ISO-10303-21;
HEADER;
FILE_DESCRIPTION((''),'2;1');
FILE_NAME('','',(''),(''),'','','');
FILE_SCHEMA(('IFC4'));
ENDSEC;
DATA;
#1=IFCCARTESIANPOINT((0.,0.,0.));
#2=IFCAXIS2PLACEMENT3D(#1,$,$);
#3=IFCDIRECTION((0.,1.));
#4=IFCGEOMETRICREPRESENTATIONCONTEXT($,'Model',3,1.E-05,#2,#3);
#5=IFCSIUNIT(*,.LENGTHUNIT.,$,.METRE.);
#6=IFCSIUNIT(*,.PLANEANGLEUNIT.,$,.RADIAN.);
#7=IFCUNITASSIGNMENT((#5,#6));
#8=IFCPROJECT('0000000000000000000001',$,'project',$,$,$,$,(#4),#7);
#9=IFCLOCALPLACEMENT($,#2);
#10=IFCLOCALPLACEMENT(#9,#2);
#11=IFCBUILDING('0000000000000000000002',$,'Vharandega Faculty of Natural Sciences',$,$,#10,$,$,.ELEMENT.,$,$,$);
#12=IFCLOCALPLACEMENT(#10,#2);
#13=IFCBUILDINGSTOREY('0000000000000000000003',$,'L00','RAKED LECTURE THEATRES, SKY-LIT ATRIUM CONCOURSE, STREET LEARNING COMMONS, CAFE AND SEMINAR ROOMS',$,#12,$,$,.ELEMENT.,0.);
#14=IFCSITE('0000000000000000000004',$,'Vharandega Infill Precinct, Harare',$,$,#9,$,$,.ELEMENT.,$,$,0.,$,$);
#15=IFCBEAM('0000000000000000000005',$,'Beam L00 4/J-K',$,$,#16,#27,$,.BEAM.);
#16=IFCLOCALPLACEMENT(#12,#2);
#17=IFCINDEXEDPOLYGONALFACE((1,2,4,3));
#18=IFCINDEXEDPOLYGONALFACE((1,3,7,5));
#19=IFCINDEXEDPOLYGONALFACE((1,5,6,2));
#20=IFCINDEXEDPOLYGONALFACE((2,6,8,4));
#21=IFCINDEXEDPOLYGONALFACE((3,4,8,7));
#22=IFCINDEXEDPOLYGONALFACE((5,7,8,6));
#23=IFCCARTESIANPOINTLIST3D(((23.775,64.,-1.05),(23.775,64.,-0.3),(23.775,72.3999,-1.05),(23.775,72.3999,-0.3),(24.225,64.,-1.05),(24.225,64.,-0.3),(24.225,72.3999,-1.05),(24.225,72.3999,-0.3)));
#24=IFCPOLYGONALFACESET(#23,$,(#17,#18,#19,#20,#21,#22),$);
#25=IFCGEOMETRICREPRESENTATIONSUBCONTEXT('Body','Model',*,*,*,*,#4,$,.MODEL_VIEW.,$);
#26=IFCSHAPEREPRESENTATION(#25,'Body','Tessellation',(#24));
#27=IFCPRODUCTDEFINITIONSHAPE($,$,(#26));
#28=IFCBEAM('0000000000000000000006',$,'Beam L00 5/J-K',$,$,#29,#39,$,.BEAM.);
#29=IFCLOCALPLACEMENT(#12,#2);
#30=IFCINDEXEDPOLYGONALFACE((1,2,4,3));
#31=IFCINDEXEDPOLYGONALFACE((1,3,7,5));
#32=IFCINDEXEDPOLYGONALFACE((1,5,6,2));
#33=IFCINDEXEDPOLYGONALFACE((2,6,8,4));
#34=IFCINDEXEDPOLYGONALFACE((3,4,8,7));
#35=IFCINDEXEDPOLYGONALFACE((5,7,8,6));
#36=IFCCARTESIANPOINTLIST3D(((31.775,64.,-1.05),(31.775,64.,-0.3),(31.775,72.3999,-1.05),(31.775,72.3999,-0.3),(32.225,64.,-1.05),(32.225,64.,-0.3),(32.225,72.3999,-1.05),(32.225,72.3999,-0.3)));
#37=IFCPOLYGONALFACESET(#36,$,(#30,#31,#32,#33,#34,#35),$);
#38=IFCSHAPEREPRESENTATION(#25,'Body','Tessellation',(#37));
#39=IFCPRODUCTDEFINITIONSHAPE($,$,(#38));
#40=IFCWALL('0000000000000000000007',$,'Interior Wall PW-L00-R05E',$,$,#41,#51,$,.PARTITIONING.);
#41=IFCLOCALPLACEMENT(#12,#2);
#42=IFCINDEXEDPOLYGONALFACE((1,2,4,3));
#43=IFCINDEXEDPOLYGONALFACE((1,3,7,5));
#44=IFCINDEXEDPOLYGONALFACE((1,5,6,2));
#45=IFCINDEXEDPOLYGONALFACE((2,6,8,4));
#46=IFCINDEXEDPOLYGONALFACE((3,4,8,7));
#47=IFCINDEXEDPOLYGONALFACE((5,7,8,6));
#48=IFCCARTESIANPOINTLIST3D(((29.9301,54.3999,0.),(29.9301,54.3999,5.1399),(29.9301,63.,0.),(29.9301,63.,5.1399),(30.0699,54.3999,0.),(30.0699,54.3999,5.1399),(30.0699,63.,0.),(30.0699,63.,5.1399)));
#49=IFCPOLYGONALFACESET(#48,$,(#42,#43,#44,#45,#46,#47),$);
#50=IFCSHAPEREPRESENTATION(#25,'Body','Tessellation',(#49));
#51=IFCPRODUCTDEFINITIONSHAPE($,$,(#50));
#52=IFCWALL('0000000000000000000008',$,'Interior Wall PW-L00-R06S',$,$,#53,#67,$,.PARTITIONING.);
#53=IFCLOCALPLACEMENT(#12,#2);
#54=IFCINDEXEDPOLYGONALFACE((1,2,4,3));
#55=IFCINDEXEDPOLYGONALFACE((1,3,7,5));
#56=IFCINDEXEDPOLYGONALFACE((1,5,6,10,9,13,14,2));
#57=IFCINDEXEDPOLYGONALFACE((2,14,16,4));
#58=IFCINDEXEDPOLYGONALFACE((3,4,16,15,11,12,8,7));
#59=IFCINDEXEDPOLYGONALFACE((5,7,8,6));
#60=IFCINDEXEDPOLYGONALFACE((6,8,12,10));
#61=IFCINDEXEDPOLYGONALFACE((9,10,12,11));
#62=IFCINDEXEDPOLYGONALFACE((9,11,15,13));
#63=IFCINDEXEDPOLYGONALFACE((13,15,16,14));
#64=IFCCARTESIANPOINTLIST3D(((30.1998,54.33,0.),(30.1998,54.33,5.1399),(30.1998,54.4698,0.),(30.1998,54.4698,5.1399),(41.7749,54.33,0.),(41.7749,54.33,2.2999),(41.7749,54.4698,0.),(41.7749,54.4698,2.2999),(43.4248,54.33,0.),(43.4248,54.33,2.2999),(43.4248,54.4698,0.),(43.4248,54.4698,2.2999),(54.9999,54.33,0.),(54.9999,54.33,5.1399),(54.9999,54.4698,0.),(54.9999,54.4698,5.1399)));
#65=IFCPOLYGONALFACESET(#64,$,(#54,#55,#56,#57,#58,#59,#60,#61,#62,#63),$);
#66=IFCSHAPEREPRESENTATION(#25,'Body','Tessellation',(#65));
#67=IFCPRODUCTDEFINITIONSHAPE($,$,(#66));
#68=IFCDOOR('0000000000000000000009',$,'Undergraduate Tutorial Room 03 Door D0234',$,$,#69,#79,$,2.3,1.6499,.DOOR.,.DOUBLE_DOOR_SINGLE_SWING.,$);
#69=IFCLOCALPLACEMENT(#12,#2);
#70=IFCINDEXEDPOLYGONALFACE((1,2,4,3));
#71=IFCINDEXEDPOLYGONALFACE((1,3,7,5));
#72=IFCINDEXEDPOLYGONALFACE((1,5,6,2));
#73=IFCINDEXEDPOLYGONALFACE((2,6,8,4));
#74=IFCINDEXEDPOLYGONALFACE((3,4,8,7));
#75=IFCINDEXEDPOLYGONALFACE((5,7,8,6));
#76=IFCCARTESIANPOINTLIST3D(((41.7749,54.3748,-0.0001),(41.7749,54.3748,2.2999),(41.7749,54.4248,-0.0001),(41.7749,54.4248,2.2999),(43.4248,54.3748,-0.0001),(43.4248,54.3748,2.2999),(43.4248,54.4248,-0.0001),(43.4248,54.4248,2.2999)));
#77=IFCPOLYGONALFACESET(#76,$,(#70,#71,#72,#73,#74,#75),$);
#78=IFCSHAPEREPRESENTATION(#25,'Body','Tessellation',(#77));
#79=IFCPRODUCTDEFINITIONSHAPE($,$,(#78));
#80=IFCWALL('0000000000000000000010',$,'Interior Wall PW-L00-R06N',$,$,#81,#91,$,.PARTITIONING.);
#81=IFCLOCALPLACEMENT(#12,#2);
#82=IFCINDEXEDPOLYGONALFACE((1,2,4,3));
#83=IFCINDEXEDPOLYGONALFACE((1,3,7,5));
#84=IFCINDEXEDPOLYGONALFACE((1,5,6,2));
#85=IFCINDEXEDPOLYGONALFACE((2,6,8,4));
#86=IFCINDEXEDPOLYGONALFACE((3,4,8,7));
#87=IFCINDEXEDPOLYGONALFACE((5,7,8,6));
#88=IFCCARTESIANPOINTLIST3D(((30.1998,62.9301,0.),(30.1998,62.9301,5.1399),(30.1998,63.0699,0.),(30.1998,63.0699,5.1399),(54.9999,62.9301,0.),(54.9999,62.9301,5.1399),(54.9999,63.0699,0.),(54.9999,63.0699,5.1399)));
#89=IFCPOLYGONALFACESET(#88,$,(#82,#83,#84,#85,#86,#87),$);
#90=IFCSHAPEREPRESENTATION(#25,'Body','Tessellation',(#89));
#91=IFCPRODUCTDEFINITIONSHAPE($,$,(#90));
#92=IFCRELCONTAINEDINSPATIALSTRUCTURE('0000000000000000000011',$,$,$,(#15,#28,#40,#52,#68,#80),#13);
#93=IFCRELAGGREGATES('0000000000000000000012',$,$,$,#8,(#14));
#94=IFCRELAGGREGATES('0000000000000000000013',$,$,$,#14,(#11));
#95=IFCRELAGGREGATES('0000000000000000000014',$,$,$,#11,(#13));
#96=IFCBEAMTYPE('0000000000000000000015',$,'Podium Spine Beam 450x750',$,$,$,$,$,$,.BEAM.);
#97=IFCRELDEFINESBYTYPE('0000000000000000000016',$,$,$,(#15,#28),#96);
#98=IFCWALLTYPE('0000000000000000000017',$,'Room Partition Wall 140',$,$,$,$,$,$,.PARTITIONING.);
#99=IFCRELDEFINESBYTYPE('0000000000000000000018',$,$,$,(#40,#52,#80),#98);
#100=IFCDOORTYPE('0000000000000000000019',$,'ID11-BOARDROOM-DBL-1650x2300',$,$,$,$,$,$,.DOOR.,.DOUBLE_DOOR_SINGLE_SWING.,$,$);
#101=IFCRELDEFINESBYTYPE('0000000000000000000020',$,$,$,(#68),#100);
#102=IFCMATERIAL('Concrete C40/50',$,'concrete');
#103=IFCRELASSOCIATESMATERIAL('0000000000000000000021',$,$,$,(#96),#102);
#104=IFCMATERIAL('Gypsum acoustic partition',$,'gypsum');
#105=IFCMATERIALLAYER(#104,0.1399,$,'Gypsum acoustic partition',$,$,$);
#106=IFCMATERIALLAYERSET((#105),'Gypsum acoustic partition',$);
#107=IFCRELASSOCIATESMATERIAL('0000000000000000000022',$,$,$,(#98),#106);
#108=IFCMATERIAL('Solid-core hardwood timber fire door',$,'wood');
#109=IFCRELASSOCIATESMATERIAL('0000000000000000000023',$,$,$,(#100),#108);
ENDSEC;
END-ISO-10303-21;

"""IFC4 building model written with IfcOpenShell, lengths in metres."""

from ifc_helpers import new_model, si_unit, direction, frame, frame_2d, origin, origin_2d, place, context, subcontext, project, spatial, rectangle, extrude, material, layer, layer_set, material_profile, profile_set, type_object, element, fill, save


model = new_model("IFC4")

# Units and contexts
model_context = context("Model", 3, precision=1e-05, world=origin(), true_north=direction((0.0, 1.0)))
body_context = subcontext(model_context, "Body", "Model", "MODEL_VIEW")
ifc_project = project(units=[si_unit("LENGTHUNIT", "METRE"), si_unit("PLANEANGLEUNIT", "RADIAN")], contexts=[model_context])

# Site, building, storey
site_placement = place(None, origin())
site = spatial("IfcSite", under=ifc_project, at=site_placement, Name="Vharandega Infill Precinct, Harare", CompositionType="ELEMENT", RefElevation=0.0)
building_placement = place(site_placement, origin())
building = spatial("IfcBuilding", under=site, at=building_placement, Name="Vharandega Faculty of Natural Sciences", CompositionType="ELEMENT")
storey_placement = place(building_placement, origin())
storey = spatial("IfcBuildingStorey", under=building, at=storey_placement, Name="L00", Description="RAKED LECTURE THEATRES, SKY-LIT ATRIUM CONCOURSE, STREET LEARNING COMMONS, CAFE AND SEMINAR ROOMS", CompositionType="ELEMENT", Elevation=0.0)

# Beams
ifc_material_1 = material(Name="Concrete C40/50", Category="concrete")
ifc_material_profile_1 = material_profile(ifc_material_1, rectangle(XDim=0.45, YDim=0.75, at=origin_2d()), Name="RC 450x750")
ifc_profile_set_1 = profile_set([ifc_material_profile_1], Name="Concrete C40/50")
beam_type_1 = type_object("IfcBeamType", Name="Podium Spine Beam 450x750", PredefinedType="BEAM", material=ifc_profile_set_1)
for number, where, z_axis, x_axis, name in (
    (1, (24.0, 64.0, -0.675), (0.0, 1.0, 0.0), (-1.0, 0.0, 0.0), "Beam L00 4/J-K"),
    (2, (32.0, 64.0, -0.675), (0.0, 1.0, 0.0), (-1.0, 0.0, 0.0), "Beam L00 5/J-K"),
):
    element("IfcBeam", number, at=place(storey_placement, frame(where, z_axis=z_axis, x_axis=x_axis)), inside=storey, type_object=beam_type_1, Name=name, PredefinedType="BEAM", context=body_context, shape_type="SweptSolid", body=[
        extrude(rectangle(XDim=0.45, YDim=0.75, at=origin_2d()), origin(), (0.0, 0.0, 1.0), 8.3999),
    ])

# Wall
ifc_material_2 = material(Name="Gypsum acoustic partition", Category="gypsum")
ifc_layer = layer(ifc_material_2, 0.1399, Name="Gypsum acoustic partition")
ifc_layer_set = layer_set([ifc_layer], Name="Gypsum acoustic partition")
wall_type = type_object("IfcWallType", Name="Room Partition Wall 140", PredefinedType="PARTITIONING", material=ifc_layer_set)
wall_1_placement = place(storey_placement, frame((30.0, 54.3999, 0.0), z_axis=(0.0, 0.0, 1.0), x_axis=(0.0, 1.0, 0.0)))
element("IfcWall", 3, at=wall_1_placement, inside=storey, type_object=wall_type, Name="Interior Wall PW-L00-R05E", PredefinedType="PARTITIONING", context=body_context, shape_type="SweptSolid", body=[
    extrude(rectangle(XDim=8.6001, YDim=0.1399, at=frame_2d((4.3, 0.0))), origin(), (0.0, 0.0, 1.0), 5.1399),
])

# Wall, opening, door
wall_2_placement = place(storey_placement, frame((30.2, 54.3999, 0.0), z_axis=(0.0, 0.0, 1.0), x_axis=(1.0, 0.0, 0.0)))
wall_2 = element("IfcWall", 4, at=wall_2_placement, inside=storey, type_object=wall_type, Name="Interior Wall PW-L00-R06S", PredefinedType="PARTITIONING", context=body_context, shape_type="SweptSolid", body=[
    extrude(rectangle(XDim=24.8, YDim=0.1399, at=frame_2d((12.3999, 0.0))), origin(), (0.0, 0.0, 1.0), 5.1399),
])
opening_placement = place(wall_2_placement, frame((11.575, 0.0, 0.0)))
opening = element("IfcOpeningElement", 5, at=opening_placement, cuts=wall_2, PredefinedType="OPENING", context=body_context, shape_type="SweptSolid", body=[
    extrude(rectangle(XDim=1.6499, YDim=2.3, at=frame_2d((0.825, 1.1499))), frame((0.0, 0.0801, 0.0), z_axis=(0.0, -1.0, 0.0), x_axis=(1.0, 0.0, 0.0)), (0.0, 0.0, 1.0), 0.1599),
])
ifc_material_3 = material(Name="Solid-core hardwood timber fire door", Category="wood")
door_type = type_object("IfcDoorType", Name="ID11-BOARDROOM-DBL-1650x2300", OperationType="DOUBLE_DOOR_SINGLE_SWING", PredefinedType="DOOR", material=ifc_material_3)
door_placement = place(opening_placement, origin())
door = element("IfcDoor", 6, at=door_placement, inside=storey, type_object=door_type, Name="Undergraduate Tutorial Room 03 Door D0234", OperationType="DOUBLE_DOOR_SINGLE_SWING", OverallHeight=2.3, OverallWidth=1.6499, PredefinedType="DOOR", context=body_context, shape_type="SweptSolid", body=[
    extrude(rectangle(XDim=1.6499, YDim=2.3, at=frame_2d((0.825, 1.1499))), frame((0.0, 0.0249, 0.0), z_axis=(0.0, -1.0, 0.0), x_axis=(1.0, 0.0, 0.0)), (0.0, 0.0, 1.0), 0.05),
])
fill(opening, door)

# Wall
wall_3_placement = place(storey_placement, frame((30.2, 63.0, 0.0), z_axis=(0.0, 0.0, 1.0), x_axis=(1.0, 0.0, 0.0)))
element("IfcWall", 7, at=wall_3_placement, inside=storey, type_object=wall_type, Name="Interior Wall PW-L00-R06N", PredefinedType="PARTITIONING", context=body_context, shape_type="SweptSolid", body=[
    extrude(rectangle(XDim=24.8, YDim=0.1399, at=frame_2d((12.3999, 0.0))), origin(), (0.0, 0.0, 1.0), 5.1399),
])

save(model, "model.ifc")
